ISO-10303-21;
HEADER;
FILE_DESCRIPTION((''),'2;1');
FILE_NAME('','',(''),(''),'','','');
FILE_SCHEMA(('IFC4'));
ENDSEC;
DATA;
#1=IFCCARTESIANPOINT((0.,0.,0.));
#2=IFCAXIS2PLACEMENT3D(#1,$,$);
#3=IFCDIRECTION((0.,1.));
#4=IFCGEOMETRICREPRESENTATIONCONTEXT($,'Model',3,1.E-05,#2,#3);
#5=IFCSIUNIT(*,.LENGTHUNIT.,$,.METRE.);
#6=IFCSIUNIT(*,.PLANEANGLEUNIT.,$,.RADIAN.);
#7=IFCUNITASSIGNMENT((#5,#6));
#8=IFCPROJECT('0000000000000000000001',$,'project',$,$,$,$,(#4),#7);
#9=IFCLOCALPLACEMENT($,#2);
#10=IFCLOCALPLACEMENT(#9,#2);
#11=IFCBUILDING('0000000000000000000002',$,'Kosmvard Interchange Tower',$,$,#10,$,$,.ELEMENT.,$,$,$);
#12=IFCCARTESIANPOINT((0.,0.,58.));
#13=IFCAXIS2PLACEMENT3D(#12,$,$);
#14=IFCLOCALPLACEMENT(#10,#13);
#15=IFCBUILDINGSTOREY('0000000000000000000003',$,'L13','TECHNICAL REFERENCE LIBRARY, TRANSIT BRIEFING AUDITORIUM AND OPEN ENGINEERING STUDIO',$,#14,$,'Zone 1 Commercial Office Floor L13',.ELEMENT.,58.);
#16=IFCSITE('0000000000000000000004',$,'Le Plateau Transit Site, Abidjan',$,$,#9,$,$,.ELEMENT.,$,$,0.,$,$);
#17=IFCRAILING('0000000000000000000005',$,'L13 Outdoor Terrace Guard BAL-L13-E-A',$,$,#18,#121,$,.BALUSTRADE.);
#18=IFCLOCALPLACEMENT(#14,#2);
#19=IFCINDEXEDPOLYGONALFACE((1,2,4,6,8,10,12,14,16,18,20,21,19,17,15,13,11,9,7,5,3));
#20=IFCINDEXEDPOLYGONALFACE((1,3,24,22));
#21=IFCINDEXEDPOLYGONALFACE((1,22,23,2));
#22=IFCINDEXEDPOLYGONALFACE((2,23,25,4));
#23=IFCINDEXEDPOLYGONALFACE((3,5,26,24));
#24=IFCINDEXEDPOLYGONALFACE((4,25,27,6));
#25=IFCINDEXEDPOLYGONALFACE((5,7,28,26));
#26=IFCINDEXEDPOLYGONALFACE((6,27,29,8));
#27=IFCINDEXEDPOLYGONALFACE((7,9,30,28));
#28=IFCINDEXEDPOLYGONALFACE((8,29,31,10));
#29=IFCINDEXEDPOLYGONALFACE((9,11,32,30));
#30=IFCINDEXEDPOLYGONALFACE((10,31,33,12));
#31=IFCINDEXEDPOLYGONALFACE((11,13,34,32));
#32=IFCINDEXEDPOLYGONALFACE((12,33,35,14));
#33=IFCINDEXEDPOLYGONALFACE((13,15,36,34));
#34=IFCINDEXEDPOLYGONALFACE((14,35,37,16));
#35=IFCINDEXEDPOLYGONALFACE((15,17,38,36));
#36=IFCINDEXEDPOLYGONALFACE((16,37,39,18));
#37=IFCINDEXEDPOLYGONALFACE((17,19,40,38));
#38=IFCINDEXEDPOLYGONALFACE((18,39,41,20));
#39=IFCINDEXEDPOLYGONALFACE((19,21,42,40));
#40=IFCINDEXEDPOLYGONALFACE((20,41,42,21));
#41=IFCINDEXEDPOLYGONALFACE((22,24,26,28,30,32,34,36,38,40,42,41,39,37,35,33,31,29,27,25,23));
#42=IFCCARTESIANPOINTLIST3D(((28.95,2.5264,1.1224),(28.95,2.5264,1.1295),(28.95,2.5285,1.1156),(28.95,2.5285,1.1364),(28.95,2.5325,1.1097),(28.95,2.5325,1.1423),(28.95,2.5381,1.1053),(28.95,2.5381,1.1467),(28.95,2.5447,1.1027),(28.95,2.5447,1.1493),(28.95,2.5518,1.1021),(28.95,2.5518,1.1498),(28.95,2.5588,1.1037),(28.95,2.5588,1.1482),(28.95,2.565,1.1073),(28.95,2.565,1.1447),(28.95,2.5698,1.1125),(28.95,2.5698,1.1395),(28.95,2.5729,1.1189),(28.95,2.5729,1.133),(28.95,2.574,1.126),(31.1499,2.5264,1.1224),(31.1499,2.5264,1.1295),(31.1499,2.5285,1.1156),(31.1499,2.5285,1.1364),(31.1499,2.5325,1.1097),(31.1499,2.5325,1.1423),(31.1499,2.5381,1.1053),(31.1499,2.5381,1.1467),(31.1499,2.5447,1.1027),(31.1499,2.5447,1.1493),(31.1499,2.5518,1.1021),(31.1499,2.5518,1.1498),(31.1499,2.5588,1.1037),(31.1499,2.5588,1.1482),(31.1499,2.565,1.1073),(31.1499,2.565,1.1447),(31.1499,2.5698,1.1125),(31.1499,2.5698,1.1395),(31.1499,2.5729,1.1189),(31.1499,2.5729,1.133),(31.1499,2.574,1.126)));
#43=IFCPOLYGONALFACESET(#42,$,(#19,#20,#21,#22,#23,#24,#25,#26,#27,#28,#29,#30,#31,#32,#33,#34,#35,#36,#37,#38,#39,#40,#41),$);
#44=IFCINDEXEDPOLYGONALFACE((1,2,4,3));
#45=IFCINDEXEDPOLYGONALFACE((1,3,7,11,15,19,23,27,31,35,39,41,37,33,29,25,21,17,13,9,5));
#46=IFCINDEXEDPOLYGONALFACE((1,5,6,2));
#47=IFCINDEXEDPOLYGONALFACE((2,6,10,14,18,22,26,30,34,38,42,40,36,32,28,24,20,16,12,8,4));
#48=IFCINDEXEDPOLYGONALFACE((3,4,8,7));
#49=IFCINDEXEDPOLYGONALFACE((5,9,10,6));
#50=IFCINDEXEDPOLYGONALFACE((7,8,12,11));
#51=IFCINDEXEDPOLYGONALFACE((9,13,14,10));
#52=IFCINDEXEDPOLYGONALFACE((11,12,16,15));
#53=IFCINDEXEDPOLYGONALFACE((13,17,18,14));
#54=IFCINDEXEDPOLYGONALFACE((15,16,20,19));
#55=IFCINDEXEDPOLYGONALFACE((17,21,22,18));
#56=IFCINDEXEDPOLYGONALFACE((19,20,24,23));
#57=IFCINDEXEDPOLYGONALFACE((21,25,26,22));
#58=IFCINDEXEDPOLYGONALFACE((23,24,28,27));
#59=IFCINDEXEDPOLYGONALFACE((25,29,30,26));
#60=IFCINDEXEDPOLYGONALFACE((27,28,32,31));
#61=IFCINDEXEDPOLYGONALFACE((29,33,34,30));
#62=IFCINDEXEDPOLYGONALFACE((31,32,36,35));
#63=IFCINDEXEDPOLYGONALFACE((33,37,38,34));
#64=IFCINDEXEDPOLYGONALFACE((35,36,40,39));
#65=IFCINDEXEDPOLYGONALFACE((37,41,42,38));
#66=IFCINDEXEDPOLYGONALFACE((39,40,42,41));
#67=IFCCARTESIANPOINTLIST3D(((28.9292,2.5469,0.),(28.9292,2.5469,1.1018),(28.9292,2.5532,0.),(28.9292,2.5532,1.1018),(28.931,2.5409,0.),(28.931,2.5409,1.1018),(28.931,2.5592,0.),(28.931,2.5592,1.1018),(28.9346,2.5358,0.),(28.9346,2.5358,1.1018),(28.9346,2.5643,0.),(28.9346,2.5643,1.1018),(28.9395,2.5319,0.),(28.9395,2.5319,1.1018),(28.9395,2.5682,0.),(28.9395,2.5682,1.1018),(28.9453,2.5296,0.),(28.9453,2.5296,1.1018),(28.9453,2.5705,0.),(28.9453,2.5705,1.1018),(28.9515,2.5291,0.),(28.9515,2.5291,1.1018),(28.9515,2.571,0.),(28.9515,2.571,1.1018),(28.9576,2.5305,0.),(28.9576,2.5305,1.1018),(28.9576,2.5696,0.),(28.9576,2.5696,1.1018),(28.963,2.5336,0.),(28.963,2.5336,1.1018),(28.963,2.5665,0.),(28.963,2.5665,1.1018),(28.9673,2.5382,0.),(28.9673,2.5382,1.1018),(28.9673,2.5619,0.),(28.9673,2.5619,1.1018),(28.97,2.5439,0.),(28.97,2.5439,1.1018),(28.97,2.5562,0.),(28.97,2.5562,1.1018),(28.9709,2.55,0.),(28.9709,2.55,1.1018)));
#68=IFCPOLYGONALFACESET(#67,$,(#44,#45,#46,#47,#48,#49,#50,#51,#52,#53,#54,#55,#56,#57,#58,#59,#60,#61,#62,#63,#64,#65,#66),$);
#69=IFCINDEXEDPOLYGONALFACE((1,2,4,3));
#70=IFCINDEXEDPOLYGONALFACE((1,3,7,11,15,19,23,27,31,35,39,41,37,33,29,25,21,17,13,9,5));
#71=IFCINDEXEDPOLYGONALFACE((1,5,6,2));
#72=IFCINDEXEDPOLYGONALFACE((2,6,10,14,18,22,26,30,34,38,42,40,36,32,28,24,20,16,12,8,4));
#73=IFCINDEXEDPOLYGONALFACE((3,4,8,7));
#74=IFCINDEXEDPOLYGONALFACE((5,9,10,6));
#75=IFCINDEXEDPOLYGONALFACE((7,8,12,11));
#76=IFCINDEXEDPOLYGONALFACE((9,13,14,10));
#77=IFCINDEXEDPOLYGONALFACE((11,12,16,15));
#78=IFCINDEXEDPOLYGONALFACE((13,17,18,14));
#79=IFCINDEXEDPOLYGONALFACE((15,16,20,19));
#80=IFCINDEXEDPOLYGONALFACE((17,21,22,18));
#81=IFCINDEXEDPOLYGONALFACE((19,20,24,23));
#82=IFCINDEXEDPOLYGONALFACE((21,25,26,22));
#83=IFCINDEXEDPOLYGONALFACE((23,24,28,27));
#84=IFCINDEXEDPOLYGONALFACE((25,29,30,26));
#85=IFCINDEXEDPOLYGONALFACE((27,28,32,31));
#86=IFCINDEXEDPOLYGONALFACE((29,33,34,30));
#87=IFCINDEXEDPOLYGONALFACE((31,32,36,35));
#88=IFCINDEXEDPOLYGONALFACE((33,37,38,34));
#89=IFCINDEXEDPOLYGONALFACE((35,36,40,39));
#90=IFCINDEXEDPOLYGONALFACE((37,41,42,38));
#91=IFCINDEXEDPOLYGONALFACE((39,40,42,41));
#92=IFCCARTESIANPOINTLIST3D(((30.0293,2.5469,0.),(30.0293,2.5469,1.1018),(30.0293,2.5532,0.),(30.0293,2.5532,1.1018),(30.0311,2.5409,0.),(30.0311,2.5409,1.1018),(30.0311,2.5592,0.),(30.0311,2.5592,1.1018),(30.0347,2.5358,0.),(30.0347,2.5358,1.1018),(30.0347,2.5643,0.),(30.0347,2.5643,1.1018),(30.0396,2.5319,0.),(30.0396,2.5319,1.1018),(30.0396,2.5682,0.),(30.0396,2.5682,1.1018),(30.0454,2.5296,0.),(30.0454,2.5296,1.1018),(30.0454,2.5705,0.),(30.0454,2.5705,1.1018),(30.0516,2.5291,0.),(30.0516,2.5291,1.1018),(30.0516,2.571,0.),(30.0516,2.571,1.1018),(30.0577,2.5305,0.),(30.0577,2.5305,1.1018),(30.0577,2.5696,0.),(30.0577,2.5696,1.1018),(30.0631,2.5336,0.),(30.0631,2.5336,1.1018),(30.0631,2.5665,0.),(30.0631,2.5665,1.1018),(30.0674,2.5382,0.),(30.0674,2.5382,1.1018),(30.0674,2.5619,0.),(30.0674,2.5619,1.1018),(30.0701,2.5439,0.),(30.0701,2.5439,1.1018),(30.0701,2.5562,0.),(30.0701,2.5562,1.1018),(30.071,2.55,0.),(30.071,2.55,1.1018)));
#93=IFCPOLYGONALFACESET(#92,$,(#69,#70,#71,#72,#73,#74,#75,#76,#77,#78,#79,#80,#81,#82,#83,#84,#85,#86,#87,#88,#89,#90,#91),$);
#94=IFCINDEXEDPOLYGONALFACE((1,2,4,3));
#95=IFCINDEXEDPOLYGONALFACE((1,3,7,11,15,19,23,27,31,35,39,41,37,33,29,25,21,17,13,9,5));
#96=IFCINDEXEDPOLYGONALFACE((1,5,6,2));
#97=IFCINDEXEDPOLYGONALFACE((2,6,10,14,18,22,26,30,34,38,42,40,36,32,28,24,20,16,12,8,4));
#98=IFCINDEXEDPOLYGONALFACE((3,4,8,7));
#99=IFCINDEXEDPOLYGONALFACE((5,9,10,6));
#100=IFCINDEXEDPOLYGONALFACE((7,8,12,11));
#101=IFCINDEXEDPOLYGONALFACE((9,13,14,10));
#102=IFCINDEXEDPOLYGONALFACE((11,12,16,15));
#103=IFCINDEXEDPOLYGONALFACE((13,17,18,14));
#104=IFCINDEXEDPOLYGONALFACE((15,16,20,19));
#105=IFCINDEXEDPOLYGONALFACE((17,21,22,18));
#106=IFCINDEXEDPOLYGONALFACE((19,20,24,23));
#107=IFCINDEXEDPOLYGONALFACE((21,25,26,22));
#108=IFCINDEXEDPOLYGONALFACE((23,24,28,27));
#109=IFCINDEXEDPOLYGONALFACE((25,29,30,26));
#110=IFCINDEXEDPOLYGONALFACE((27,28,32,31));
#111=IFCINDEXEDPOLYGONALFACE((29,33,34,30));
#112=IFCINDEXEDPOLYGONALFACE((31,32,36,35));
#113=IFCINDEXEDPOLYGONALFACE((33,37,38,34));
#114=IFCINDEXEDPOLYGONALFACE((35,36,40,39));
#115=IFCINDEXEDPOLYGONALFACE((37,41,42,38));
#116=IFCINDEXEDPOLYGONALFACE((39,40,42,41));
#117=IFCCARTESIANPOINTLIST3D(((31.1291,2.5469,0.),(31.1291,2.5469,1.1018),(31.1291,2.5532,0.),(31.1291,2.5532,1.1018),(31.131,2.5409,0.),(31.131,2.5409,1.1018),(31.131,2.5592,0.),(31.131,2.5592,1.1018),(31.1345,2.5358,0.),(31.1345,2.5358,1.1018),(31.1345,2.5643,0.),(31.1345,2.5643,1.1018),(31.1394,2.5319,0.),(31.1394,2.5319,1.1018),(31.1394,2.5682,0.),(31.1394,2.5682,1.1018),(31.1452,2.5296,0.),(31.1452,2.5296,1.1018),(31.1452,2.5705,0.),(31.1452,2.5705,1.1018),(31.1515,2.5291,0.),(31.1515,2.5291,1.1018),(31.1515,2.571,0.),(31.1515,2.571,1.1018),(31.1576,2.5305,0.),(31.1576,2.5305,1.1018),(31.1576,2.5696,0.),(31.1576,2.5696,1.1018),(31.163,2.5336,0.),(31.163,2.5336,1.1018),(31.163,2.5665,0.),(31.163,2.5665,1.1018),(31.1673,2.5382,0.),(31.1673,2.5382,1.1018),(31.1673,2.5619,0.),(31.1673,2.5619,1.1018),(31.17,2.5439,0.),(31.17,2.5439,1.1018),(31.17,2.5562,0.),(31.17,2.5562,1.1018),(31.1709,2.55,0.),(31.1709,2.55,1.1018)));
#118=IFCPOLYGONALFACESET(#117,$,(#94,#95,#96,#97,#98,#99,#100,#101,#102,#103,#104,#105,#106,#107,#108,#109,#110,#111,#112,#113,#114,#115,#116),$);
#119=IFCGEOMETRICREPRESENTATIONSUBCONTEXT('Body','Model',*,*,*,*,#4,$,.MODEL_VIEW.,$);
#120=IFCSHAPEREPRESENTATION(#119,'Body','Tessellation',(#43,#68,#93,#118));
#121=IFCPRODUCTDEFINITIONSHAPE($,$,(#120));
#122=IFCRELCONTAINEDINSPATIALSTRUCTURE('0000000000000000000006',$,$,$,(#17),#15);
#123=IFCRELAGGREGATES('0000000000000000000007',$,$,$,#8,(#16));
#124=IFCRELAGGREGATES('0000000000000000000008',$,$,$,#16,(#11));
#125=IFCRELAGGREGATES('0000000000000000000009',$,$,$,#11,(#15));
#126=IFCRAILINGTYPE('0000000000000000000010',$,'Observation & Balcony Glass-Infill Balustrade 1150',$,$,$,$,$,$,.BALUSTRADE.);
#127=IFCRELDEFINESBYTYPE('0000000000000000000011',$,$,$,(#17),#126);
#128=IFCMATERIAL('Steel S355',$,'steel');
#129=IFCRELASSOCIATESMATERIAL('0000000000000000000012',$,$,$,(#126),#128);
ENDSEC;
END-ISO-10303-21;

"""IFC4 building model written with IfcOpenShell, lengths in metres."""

from ifc_helpers import new_model, si_unit, direction, frame, origin, origin_2d, place, context, subcontext, project, spatial, circle, extrude, source, transform, mapped, material, type_object, element, save


model = new_model("IFC4")

# Units and contexts
model_context = context("Model", 3, precision=1e-05, world=origin(), true_north=direction((0.0, 1.0)))
body_context = subcontext(model_context, "Body", "Model", "MODEL_VIEW")
ifc_project = project(units=[si_unit("LENGTHUNIT", "METRE"), si_unit("PLANEANGLEUNIT", "RADIAN")], contexts=[model_context])

# Site, building, storey
site_placement = place(None, origin())
site = spatial("IfcSite", under=ifc_project, at=site_placement, Name="Le Plateau Transit Site, Abidjan", CompositionType="ELEMENT", RefElevation=0.0)
building_placement = place(site_placement, origin())
building = spatial("IfcBuilding", under=site, at=building_placement, Name="Kosmvard Interchange Tower", CompositionType="ELEMENT")
storey_placement = place(building_placement, frame((0.0, 0.0, 58.0)))
storey = spatial("IfcBuildingStorey", under=building, at=storey_placement, Name="L13", Description="TECHNICAL REFERENCE LIBRARY, TRANSIT BRIEFING AUDITORIUM AND OPEN ENGINEERING STUDIO", LongName="Zone 1 Commercial Office Floor L13", CompositionType="ELEMENT", Elevation=58.0)

# Shared definitions
ifc_material_1 = material(Name="Steel S355", Category="steel")

# Railing
railing_type = type_object("IfcRailingType", Name="Observation & Balcony Glass-Infill Balustrade 1150", PredefinedType="BALUSTRADE", material=ifc_material_1)
shared_shape_1 = source(origin(), body_context, "Body", "SweptSolid", [
    extrude(circle(Radius=0.0239, at=origin_2d()), frame((0.0, 0.0, 1.126), z_axis=(1.0, 0.0, 0.0), x_axis=(0.0, 1.0, 0.0)), (0.0, 0.0, 1.0), 2.2),
    extrude(circle(Radius=0.021, at=origin_2d()), origin(), (0.0, 0.0, 1.0), 1.1018),
    extrude(circle(Radius=0.021, at=origin_2d()), frame((1.1001, 0.0, 0.0)), (0.0, 0.0, 1.0), 1.1018),
    extrude(circle(Radius=0.021, at=origin_2d()), frame((2.2, 0.0, 0.0)), (0.0, 0.0, 1.0), 1.1018),
])
railing_1_placement = place(storey_placement, frame((28.95, 2.55, 0.0)))
element("IfcRailing", 1, at=railing_1_placement, inside=storey, type_object=railing_type, Name="L13 Outdoor Terrace Guard BAL-L13-E-A", PredefinedType="BALUSTRADE", context=body_context, shape_type="MappedRepresentation", body=[
    mapped(shared_shape_1, transform((0.0, 0.0, 0.0), scale=1.0)),
])

save(model, "model.ifc")
